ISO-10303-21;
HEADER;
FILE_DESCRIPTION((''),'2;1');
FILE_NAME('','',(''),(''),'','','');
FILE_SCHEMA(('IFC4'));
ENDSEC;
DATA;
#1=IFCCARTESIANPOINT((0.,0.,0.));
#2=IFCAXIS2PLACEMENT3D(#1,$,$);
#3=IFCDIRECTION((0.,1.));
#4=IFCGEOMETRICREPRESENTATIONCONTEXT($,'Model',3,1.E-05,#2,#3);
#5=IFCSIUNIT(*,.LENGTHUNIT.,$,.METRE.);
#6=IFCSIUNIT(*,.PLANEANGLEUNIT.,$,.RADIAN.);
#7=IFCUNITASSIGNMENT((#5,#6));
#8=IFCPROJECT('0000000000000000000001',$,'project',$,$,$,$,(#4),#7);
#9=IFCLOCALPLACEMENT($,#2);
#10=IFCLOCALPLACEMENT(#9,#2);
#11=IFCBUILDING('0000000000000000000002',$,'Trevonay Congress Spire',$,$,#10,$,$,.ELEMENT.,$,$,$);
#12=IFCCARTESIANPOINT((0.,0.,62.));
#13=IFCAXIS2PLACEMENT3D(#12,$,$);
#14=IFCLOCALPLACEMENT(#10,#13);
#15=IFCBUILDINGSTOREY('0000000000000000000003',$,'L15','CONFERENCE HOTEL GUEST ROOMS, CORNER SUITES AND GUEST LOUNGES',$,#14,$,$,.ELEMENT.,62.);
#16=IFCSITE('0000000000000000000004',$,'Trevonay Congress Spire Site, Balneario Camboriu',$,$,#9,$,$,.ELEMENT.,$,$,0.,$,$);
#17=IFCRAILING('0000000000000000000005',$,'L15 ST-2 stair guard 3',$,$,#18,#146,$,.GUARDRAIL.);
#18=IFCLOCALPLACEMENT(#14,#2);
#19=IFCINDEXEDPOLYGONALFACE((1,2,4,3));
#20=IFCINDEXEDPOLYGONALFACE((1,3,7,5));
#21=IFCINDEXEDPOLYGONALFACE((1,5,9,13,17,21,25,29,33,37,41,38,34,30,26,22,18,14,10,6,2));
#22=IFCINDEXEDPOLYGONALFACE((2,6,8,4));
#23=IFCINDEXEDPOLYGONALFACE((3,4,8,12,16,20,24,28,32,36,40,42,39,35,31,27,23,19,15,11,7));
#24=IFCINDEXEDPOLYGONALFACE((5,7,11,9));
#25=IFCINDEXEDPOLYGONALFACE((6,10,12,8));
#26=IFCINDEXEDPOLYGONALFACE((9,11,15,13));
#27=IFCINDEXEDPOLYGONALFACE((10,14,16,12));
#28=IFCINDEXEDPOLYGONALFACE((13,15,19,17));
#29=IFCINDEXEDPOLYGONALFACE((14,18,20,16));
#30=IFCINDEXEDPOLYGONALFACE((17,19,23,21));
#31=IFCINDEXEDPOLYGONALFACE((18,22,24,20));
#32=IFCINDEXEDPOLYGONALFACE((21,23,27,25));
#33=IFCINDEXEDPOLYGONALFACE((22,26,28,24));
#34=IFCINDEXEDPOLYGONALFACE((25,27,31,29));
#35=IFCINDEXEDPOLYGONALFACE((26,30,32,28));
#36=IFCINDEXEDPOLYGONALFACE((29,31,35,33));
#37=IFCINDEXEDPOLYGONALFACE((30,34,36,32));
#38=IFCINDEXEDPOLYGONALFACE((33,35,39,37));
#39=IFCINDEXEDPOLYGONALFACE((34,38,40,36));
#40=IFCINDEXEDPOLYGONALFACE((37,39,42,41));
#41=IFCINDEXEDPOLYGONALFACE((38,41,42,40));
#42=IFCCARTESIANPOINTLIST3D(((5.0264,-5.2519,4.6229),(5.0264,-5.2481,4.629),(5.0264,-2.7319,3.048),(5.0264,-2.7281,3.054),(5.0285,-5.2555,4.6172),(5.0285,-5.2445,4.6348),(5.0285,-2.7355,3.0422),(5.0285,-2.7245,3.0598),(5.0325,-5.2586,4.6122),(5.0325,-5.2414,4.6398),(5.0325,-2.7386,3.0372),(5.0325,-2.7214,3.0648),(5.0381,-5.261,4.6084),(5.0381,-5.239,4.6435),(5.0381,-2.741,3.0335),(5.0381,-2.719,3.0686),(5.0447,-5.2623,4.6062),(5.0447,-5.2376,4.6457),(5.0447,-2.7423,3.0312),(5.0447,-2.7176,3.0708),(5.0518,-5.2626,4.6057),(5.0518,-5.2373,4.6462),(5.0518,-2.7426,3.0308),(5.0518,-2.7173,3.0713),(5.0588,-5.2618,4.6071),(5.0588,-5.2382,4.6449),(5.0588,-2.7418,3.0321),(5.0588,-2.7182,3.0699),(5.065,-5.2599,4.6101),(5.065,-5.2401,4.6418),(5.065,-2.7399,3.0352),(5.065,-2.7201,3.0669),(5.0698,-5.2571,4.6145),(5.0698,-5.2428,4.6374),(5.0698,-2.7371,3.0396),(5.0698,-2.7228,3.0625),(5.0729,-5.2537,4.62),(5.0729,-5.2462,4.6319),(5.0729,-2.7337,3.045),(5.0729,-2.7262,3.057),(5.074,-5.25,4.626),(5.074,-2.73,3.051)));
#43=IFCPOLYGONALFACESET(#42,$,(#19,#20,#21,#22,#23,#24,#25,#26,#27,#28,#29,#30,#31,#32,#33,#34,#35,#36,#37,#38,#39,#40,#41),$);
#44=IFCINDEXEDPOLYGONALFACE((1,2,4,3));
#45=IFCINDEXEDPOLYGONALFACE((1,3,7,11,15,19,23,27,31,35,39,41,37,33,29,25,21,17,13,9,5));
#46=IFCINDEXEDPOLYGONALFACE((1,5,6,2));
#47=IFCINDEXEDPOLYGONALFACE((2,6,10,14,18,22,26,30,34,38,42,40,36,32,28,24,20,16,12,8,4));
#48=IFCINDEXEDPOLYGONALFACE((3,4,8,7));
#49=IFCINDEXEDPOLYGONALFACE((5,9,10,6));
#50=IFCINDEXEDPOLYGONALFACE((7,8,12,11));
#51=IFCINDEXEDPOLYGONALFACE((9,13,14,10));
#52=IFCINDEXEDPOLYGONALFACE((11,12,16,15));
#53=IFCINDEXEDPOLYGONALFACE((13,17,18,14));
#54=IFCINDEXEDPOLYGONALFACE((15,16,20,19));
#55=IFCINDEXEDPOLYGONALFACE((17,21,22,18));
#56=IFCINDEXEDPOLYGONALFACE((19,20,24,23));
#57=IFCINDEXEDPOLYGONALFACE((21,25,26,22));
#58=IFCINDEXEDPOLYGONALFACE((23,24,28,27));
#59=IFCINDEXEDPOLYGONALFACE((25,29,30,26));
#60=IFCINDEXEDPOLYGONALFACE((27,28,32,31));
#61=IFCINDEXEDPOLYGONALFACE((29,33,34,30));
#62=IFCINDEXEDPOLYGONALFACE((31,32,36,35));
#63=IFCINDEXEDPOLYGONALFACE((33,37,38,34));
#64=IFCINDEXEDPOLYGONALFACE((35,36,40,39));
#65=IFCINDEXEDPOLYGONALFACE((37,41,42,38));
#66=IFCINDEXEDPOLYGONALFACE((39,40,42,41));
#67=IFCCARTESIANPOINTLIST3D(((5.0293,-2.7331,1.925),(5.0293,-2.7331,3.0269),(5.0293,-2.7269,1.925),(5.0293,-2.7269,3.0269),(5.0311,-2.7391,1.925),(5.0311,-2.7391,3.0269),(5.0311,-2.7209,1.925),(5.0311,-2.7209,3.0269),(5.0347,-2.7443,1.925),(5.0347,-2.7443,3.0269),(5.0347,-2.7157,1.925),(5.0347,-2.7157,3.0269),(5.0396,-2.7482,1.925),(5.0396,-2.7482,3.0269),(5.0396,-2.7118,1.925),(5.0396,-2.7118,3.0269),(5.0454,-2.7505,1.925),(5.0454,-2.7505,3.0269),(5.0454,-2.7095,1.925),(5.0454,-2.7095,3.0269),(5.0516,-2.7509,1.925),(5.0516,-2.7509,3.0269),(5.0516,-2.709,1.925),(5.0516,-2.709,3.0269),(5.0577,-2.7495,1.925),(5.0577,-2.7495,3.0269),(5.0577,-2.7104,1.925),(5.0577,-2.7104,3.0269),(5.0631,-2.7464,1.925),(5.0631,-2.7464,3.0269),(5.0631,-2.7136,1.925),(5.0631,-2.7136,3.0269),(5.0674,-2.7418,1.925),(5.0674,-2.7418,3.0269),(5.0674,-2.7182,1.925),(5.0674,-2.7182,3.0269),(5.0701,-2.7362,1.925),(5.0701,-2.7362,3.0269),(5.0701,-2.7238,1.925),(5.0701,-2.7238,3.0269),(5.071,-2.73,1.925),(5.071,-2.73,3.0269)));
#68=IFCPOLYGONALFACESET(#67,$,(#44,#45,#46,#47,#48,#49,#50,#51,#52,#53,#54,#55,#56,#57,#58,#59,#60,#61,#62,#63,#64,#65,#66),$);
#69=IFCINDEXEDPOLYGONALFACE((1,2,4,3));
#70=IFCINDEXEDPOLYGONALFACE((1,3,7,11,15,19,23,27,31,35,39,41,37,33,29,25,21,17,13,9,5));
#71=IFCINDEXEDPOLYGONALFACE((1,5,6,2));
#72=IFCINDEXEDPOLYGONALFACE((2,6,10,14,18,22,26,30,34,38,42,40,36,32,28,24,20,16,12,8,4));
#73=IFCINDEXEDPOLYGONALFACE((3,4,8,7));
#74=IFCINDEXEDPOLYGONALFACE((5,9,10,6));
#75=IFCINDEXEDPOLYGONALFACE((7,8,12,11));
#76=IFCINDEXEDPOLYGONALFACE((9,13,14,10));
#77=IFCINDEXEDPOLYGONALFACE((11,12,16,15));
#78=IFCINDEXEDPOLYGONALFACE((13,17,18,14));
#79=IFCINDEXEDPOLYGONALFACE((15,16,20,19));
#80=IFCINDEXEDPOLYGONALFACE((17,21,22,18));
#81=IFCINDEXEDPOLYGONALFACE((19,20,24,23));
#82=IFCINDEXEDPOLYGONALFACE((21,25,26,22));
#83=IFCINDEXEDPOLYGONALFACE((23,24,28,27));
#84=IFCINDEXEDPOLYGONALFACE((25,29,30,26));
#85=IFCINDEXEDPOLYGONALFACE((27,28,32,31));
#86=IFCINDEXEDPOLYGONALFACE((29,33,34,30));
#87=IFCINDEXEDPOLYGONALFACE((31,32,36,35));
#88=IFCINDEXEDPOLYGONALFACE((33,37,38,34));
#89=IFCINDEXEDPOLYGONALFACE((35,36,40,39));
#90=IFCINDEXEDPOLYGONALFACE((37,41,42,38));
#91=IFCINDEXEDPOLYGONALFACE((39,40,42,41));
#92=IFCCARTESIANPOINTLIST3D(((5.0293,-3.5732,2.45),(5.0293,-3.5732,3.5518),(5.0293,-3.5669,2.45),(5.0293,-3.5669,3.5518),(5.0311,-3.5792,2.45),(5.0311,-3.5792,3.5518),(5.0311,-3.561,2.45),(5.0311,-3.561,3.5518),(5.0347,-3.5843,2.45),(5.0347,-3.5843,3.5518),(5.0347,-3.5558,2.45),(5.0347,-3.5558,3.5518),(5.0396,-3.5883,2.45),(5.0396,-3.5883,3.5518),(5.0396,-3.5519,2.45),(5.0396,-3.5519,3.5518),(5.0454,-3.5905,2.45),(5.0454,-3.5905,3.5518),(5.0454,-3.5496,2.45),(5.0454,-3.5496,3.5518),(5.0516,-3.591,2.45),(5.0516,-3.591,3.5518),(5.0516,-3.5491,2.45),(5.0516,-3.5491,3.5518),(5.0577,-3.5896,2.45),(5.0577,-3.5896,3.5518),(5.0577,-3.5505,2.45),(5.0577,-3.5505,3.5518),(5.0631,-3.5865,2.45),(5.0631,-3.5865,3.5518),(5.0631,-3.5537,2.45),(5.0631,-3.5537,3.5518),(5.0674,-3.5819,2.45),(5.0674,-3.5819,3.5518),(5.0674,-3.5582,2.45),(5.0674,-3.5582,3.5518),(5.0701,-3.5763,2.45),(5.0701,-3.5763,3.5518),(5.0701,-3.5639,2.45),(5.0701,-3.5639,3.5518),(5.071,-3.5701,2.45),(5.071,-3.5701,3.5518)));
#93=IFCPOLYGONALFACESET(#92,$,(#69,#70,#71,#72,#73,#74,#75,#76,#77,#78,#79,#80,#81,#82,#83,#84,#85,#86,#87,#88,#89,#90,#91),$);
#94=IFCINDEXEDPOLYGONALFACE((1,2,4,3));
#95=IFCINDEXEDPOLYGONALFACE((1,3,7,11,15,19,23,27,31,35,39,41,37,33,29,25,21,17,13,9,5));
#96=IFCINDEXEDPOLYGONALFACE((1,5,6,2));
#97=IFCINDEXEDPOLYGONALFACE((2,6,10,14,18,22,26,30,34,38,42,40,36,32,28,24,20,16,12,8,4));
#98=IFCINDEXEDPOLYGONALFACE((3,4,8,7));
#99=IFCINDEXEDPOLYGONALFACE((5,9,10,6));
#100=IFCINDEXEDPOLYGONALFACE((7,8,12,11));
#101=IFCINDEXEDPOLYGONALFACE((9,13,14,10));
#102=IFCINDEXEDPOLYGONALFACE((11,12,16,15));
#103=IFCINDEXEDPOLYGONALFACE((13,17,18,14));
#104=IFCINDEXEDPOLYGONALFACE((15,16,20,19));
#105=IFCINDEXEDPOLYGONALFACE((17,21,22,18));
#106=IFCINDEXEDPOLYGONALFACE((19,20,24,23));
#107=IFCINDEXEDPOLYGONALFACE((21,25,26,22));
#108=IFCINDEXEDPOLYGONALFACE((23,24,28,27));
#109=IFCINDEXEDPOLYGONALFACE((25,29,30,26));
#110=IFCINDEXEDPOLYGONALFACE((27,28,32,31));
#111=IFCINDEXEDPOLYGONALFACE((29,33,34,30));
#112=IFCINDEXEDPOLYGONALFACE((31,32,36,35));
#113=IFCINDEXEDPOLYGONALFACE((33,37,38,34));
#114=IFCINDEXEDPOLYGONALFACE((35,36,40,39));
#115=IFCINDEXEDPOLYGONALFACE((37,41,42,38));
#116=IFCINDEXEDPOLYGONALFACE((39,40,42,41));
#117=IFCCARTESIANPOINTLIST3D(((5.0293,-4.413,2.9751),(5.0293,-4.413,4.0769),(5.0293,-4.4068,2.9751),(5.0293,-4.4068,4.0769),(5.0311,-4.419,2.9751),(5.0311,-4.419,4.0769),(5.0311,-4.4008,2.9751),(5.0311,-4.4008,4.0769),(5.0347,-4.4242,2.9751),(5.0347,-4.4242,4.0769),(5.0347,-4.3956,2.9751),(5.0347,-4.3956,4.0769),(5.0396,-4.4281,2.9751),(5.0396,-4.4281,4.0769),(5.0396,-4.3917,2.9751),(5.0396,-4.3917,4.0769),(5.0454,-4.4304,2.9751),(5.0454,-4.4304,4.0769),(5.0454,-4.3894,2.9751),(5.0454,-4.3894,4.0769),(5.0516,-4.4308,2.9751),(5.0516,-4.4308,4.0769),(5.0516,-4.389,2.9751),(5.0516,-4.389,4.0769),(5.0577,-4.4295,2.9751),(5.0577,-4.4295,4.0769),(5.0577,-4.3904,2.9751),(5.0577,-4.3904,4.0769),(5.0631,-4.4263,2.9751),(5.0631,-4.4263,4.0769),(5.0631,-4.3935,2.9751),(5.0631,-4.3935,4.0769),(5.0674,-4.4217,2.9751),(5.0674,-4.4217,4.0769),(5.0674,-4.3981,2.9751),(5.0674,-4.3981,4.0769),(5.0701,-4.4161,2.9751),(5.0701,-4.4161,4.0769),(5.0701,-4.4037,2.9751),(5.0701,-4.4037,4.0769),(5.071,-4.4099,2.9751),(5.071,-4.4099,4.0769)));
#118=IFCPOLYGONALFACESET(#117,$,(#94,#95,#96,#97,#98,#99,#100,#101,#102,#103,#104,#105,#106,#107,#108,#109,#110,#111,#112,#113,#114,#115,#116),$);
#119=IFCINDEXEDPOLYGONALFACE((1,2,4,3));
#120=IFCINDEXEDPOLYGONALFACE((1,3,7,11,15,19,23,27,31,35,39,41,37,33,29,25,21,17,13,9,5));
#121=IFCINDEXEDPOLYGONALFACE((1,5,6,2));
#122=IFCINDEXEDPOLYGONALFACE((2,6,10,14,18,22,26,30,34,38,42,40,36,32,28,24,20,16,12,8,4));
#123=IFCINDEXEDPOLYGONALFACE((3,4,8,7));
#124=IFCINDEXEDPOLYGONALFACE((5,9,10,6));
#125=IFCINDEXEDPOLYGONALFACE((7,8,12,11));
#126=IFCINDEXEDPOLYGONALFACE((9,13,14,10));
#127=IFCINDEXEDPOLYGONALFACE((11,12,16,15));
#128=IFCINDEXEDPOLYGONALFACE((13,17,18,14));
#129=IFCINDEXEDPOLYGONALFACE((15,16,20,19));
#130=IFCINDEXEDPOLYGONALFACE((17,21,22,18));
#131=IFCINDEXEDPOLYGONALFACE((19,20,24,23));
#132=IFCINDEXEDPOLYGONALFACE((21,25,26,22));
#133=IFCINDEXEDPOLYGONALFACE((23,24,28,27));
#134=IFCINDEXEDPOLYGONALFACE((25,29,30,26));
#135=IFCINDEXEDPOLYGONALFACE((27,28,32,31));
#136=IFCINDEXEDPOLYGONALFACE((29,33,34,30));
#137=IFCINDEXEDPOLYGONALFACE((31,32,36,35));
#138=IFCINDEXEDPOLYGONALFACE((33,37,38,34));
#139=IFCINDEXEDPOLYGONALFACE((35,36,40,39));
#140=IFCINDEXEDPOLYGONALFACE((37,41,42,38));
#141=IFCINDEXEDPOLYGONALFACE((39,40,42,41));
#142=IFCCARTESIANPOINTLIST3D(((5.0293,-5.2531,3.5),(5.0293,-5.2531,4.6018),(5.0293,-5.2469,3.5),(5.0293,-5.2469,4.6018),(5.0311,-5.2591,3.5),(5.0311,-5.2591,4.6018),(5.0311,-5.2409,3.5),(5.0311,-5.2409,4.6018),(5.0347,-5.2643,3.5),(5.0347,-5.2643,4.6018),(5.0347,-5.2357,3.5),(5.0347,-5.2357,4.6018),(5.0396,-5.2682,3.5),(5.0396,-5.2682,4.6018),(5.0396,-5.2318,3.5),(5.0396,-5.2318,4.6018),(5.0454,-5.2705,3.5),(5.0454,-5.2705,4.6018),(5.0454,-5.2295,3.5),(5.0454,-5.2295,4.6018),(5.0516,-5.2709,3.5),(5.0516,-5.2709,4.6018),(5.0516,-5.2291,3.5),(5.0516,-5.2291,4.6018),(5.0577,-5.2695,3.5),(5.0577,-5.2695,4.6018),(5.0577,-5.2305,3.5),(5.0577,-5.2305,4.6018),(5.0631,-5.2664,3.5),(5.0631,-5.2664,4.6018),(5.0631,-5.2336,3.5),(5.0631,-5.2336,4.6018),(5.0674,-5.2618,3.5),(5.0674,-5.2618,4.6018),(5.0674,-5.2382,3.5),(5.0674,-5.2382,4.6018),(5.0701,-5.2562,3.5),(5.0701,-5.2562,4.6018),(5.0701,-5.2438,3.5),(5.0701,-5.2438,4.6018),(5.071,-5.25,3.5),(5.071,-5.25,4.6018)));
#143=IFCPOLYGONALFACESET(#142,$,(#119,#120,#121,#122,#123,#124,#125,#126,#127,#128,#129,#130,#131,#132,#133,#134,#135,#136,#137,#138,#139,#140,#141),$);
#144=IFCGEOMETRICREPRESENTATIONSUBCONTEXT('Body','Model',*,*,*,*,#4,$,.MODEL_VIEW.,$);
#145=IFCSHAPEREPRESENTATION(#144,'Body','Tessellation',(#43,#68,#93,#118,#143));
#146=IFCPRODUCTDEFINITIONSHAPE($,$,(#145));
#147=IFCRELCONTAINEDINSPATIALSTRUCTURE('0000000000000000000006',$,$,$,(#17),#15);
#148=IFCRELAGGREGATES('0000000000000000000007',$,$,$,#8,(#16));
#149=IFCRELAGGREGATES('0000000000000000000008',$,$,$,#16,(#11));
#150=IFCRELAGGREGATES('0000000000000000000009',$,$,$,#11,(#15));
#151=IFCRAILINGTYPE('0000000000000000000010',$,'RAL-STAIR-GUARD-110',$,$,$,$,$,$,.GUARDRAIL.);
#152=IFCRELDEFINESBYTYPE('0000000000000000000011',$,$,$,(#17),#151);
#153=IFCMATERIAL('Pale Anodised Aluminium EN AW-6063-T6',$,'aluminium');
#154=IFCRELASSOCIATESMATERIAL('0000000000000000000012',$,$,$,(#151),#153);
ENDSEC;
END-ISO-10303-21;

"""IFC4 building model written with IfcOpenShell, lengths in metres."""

from ifc_helpers import new_model, si_unit, direction, frame, origin, origin_2d, place, context, subcontext, project, spatial, circle, extrude, material, type_object, element, save


model = new_model("IFC4")

# Units and contexts
model_context = context("Model", 3, precision=1e-05, world=origin(), true_north=direction((0.0, 1.0)))
body_context = subcontext(model_context, "Body", "Model", "MODEL_VIEW")
ifc_project = project(units=[si_unit("LENGTHUNIT", "METRE"), si_unit("PLANEANGLEUNIT", "RADIAN")], contexts=[model_context])

# Site, building, storey
site_placement = place(None, origin())
site = spatial("IfcSite", under=ifc_project, at=site_placement, Name="Trevonay Congress Spire Site, Balneario Camboriu", CompositionType="ELEMENT", RefElevation=0.0)
building_placement = place(site_placement, origin())
building = spatial("IfcBuilding", under=site, at=building_placement, Name="Trevonay Congress Spire", CompositionType="ELEMENT")
storey_placement = place(building_placement, frame((0.0, 0.0, 62.0)))
storey = spatial("IfcBuildingStorey", under=building, at=storey_placement, Name="L15", Description="CONFERENCE HOTEL GUEST ROOMS, CORNER SUITES AND GUEST LOUNGES", CompositionType="ELEMENT", Elevation=62.0)

# Railing
ifc_material_1 = material(Name="Pale Anodised Aluminium EN AW-6063-T6", Category="aluminium")
railing_type_1 = type_object("IfcRailingType", Name="RAL-STAIR-GUARD-110", PredefinedType="GUARDRAIL", material=ifc_material_1)
railing_1_placement = place(storey_placement, frame((5.05, -2.73, 1.925)))
element("IfcRailing", 1, at=railing_1_placement, inside=storey, type_object=railing_type_1, Name="L15 ST-2 stair guard 3", PredefinedType="GUARDRAIL", context=body_context, shape_type="SweptSolid", body=[
    extrude(circle(Radius=0.0239, at=origin_2d()), frame((0.0, 0.0, 1.126), z_axis=(0.0, -0.848008, 0.529984), x_axis=(1.0, 0.0, 0.0)), (0.0, 0.0, 1.0), 2.9717),
    extrude(circle(Radius=0.021, at=origin_2d()), origin(), (0.0, 0.0, 1.0), 1.1018),
    extrude(circle(Radius=0.021, at=origin_2d()), frame((0.0, -0.8401, 0.5249)), (0.0, 0.0, 1.0), 1.1018),
    extrude(circle(Radius=0.021, at=origin_2d()), frame((0.0, -1.6799, 1.05)), (0.0, 0.0, 1.0), 1.1018),
    extrude(circle(Radius=0.021, at=origin_2d()), frame((0.0, -2.52, 1.575)), (0.0, 0.0, 1.0), 1.1018),
])

save(model, "model.ifc")
